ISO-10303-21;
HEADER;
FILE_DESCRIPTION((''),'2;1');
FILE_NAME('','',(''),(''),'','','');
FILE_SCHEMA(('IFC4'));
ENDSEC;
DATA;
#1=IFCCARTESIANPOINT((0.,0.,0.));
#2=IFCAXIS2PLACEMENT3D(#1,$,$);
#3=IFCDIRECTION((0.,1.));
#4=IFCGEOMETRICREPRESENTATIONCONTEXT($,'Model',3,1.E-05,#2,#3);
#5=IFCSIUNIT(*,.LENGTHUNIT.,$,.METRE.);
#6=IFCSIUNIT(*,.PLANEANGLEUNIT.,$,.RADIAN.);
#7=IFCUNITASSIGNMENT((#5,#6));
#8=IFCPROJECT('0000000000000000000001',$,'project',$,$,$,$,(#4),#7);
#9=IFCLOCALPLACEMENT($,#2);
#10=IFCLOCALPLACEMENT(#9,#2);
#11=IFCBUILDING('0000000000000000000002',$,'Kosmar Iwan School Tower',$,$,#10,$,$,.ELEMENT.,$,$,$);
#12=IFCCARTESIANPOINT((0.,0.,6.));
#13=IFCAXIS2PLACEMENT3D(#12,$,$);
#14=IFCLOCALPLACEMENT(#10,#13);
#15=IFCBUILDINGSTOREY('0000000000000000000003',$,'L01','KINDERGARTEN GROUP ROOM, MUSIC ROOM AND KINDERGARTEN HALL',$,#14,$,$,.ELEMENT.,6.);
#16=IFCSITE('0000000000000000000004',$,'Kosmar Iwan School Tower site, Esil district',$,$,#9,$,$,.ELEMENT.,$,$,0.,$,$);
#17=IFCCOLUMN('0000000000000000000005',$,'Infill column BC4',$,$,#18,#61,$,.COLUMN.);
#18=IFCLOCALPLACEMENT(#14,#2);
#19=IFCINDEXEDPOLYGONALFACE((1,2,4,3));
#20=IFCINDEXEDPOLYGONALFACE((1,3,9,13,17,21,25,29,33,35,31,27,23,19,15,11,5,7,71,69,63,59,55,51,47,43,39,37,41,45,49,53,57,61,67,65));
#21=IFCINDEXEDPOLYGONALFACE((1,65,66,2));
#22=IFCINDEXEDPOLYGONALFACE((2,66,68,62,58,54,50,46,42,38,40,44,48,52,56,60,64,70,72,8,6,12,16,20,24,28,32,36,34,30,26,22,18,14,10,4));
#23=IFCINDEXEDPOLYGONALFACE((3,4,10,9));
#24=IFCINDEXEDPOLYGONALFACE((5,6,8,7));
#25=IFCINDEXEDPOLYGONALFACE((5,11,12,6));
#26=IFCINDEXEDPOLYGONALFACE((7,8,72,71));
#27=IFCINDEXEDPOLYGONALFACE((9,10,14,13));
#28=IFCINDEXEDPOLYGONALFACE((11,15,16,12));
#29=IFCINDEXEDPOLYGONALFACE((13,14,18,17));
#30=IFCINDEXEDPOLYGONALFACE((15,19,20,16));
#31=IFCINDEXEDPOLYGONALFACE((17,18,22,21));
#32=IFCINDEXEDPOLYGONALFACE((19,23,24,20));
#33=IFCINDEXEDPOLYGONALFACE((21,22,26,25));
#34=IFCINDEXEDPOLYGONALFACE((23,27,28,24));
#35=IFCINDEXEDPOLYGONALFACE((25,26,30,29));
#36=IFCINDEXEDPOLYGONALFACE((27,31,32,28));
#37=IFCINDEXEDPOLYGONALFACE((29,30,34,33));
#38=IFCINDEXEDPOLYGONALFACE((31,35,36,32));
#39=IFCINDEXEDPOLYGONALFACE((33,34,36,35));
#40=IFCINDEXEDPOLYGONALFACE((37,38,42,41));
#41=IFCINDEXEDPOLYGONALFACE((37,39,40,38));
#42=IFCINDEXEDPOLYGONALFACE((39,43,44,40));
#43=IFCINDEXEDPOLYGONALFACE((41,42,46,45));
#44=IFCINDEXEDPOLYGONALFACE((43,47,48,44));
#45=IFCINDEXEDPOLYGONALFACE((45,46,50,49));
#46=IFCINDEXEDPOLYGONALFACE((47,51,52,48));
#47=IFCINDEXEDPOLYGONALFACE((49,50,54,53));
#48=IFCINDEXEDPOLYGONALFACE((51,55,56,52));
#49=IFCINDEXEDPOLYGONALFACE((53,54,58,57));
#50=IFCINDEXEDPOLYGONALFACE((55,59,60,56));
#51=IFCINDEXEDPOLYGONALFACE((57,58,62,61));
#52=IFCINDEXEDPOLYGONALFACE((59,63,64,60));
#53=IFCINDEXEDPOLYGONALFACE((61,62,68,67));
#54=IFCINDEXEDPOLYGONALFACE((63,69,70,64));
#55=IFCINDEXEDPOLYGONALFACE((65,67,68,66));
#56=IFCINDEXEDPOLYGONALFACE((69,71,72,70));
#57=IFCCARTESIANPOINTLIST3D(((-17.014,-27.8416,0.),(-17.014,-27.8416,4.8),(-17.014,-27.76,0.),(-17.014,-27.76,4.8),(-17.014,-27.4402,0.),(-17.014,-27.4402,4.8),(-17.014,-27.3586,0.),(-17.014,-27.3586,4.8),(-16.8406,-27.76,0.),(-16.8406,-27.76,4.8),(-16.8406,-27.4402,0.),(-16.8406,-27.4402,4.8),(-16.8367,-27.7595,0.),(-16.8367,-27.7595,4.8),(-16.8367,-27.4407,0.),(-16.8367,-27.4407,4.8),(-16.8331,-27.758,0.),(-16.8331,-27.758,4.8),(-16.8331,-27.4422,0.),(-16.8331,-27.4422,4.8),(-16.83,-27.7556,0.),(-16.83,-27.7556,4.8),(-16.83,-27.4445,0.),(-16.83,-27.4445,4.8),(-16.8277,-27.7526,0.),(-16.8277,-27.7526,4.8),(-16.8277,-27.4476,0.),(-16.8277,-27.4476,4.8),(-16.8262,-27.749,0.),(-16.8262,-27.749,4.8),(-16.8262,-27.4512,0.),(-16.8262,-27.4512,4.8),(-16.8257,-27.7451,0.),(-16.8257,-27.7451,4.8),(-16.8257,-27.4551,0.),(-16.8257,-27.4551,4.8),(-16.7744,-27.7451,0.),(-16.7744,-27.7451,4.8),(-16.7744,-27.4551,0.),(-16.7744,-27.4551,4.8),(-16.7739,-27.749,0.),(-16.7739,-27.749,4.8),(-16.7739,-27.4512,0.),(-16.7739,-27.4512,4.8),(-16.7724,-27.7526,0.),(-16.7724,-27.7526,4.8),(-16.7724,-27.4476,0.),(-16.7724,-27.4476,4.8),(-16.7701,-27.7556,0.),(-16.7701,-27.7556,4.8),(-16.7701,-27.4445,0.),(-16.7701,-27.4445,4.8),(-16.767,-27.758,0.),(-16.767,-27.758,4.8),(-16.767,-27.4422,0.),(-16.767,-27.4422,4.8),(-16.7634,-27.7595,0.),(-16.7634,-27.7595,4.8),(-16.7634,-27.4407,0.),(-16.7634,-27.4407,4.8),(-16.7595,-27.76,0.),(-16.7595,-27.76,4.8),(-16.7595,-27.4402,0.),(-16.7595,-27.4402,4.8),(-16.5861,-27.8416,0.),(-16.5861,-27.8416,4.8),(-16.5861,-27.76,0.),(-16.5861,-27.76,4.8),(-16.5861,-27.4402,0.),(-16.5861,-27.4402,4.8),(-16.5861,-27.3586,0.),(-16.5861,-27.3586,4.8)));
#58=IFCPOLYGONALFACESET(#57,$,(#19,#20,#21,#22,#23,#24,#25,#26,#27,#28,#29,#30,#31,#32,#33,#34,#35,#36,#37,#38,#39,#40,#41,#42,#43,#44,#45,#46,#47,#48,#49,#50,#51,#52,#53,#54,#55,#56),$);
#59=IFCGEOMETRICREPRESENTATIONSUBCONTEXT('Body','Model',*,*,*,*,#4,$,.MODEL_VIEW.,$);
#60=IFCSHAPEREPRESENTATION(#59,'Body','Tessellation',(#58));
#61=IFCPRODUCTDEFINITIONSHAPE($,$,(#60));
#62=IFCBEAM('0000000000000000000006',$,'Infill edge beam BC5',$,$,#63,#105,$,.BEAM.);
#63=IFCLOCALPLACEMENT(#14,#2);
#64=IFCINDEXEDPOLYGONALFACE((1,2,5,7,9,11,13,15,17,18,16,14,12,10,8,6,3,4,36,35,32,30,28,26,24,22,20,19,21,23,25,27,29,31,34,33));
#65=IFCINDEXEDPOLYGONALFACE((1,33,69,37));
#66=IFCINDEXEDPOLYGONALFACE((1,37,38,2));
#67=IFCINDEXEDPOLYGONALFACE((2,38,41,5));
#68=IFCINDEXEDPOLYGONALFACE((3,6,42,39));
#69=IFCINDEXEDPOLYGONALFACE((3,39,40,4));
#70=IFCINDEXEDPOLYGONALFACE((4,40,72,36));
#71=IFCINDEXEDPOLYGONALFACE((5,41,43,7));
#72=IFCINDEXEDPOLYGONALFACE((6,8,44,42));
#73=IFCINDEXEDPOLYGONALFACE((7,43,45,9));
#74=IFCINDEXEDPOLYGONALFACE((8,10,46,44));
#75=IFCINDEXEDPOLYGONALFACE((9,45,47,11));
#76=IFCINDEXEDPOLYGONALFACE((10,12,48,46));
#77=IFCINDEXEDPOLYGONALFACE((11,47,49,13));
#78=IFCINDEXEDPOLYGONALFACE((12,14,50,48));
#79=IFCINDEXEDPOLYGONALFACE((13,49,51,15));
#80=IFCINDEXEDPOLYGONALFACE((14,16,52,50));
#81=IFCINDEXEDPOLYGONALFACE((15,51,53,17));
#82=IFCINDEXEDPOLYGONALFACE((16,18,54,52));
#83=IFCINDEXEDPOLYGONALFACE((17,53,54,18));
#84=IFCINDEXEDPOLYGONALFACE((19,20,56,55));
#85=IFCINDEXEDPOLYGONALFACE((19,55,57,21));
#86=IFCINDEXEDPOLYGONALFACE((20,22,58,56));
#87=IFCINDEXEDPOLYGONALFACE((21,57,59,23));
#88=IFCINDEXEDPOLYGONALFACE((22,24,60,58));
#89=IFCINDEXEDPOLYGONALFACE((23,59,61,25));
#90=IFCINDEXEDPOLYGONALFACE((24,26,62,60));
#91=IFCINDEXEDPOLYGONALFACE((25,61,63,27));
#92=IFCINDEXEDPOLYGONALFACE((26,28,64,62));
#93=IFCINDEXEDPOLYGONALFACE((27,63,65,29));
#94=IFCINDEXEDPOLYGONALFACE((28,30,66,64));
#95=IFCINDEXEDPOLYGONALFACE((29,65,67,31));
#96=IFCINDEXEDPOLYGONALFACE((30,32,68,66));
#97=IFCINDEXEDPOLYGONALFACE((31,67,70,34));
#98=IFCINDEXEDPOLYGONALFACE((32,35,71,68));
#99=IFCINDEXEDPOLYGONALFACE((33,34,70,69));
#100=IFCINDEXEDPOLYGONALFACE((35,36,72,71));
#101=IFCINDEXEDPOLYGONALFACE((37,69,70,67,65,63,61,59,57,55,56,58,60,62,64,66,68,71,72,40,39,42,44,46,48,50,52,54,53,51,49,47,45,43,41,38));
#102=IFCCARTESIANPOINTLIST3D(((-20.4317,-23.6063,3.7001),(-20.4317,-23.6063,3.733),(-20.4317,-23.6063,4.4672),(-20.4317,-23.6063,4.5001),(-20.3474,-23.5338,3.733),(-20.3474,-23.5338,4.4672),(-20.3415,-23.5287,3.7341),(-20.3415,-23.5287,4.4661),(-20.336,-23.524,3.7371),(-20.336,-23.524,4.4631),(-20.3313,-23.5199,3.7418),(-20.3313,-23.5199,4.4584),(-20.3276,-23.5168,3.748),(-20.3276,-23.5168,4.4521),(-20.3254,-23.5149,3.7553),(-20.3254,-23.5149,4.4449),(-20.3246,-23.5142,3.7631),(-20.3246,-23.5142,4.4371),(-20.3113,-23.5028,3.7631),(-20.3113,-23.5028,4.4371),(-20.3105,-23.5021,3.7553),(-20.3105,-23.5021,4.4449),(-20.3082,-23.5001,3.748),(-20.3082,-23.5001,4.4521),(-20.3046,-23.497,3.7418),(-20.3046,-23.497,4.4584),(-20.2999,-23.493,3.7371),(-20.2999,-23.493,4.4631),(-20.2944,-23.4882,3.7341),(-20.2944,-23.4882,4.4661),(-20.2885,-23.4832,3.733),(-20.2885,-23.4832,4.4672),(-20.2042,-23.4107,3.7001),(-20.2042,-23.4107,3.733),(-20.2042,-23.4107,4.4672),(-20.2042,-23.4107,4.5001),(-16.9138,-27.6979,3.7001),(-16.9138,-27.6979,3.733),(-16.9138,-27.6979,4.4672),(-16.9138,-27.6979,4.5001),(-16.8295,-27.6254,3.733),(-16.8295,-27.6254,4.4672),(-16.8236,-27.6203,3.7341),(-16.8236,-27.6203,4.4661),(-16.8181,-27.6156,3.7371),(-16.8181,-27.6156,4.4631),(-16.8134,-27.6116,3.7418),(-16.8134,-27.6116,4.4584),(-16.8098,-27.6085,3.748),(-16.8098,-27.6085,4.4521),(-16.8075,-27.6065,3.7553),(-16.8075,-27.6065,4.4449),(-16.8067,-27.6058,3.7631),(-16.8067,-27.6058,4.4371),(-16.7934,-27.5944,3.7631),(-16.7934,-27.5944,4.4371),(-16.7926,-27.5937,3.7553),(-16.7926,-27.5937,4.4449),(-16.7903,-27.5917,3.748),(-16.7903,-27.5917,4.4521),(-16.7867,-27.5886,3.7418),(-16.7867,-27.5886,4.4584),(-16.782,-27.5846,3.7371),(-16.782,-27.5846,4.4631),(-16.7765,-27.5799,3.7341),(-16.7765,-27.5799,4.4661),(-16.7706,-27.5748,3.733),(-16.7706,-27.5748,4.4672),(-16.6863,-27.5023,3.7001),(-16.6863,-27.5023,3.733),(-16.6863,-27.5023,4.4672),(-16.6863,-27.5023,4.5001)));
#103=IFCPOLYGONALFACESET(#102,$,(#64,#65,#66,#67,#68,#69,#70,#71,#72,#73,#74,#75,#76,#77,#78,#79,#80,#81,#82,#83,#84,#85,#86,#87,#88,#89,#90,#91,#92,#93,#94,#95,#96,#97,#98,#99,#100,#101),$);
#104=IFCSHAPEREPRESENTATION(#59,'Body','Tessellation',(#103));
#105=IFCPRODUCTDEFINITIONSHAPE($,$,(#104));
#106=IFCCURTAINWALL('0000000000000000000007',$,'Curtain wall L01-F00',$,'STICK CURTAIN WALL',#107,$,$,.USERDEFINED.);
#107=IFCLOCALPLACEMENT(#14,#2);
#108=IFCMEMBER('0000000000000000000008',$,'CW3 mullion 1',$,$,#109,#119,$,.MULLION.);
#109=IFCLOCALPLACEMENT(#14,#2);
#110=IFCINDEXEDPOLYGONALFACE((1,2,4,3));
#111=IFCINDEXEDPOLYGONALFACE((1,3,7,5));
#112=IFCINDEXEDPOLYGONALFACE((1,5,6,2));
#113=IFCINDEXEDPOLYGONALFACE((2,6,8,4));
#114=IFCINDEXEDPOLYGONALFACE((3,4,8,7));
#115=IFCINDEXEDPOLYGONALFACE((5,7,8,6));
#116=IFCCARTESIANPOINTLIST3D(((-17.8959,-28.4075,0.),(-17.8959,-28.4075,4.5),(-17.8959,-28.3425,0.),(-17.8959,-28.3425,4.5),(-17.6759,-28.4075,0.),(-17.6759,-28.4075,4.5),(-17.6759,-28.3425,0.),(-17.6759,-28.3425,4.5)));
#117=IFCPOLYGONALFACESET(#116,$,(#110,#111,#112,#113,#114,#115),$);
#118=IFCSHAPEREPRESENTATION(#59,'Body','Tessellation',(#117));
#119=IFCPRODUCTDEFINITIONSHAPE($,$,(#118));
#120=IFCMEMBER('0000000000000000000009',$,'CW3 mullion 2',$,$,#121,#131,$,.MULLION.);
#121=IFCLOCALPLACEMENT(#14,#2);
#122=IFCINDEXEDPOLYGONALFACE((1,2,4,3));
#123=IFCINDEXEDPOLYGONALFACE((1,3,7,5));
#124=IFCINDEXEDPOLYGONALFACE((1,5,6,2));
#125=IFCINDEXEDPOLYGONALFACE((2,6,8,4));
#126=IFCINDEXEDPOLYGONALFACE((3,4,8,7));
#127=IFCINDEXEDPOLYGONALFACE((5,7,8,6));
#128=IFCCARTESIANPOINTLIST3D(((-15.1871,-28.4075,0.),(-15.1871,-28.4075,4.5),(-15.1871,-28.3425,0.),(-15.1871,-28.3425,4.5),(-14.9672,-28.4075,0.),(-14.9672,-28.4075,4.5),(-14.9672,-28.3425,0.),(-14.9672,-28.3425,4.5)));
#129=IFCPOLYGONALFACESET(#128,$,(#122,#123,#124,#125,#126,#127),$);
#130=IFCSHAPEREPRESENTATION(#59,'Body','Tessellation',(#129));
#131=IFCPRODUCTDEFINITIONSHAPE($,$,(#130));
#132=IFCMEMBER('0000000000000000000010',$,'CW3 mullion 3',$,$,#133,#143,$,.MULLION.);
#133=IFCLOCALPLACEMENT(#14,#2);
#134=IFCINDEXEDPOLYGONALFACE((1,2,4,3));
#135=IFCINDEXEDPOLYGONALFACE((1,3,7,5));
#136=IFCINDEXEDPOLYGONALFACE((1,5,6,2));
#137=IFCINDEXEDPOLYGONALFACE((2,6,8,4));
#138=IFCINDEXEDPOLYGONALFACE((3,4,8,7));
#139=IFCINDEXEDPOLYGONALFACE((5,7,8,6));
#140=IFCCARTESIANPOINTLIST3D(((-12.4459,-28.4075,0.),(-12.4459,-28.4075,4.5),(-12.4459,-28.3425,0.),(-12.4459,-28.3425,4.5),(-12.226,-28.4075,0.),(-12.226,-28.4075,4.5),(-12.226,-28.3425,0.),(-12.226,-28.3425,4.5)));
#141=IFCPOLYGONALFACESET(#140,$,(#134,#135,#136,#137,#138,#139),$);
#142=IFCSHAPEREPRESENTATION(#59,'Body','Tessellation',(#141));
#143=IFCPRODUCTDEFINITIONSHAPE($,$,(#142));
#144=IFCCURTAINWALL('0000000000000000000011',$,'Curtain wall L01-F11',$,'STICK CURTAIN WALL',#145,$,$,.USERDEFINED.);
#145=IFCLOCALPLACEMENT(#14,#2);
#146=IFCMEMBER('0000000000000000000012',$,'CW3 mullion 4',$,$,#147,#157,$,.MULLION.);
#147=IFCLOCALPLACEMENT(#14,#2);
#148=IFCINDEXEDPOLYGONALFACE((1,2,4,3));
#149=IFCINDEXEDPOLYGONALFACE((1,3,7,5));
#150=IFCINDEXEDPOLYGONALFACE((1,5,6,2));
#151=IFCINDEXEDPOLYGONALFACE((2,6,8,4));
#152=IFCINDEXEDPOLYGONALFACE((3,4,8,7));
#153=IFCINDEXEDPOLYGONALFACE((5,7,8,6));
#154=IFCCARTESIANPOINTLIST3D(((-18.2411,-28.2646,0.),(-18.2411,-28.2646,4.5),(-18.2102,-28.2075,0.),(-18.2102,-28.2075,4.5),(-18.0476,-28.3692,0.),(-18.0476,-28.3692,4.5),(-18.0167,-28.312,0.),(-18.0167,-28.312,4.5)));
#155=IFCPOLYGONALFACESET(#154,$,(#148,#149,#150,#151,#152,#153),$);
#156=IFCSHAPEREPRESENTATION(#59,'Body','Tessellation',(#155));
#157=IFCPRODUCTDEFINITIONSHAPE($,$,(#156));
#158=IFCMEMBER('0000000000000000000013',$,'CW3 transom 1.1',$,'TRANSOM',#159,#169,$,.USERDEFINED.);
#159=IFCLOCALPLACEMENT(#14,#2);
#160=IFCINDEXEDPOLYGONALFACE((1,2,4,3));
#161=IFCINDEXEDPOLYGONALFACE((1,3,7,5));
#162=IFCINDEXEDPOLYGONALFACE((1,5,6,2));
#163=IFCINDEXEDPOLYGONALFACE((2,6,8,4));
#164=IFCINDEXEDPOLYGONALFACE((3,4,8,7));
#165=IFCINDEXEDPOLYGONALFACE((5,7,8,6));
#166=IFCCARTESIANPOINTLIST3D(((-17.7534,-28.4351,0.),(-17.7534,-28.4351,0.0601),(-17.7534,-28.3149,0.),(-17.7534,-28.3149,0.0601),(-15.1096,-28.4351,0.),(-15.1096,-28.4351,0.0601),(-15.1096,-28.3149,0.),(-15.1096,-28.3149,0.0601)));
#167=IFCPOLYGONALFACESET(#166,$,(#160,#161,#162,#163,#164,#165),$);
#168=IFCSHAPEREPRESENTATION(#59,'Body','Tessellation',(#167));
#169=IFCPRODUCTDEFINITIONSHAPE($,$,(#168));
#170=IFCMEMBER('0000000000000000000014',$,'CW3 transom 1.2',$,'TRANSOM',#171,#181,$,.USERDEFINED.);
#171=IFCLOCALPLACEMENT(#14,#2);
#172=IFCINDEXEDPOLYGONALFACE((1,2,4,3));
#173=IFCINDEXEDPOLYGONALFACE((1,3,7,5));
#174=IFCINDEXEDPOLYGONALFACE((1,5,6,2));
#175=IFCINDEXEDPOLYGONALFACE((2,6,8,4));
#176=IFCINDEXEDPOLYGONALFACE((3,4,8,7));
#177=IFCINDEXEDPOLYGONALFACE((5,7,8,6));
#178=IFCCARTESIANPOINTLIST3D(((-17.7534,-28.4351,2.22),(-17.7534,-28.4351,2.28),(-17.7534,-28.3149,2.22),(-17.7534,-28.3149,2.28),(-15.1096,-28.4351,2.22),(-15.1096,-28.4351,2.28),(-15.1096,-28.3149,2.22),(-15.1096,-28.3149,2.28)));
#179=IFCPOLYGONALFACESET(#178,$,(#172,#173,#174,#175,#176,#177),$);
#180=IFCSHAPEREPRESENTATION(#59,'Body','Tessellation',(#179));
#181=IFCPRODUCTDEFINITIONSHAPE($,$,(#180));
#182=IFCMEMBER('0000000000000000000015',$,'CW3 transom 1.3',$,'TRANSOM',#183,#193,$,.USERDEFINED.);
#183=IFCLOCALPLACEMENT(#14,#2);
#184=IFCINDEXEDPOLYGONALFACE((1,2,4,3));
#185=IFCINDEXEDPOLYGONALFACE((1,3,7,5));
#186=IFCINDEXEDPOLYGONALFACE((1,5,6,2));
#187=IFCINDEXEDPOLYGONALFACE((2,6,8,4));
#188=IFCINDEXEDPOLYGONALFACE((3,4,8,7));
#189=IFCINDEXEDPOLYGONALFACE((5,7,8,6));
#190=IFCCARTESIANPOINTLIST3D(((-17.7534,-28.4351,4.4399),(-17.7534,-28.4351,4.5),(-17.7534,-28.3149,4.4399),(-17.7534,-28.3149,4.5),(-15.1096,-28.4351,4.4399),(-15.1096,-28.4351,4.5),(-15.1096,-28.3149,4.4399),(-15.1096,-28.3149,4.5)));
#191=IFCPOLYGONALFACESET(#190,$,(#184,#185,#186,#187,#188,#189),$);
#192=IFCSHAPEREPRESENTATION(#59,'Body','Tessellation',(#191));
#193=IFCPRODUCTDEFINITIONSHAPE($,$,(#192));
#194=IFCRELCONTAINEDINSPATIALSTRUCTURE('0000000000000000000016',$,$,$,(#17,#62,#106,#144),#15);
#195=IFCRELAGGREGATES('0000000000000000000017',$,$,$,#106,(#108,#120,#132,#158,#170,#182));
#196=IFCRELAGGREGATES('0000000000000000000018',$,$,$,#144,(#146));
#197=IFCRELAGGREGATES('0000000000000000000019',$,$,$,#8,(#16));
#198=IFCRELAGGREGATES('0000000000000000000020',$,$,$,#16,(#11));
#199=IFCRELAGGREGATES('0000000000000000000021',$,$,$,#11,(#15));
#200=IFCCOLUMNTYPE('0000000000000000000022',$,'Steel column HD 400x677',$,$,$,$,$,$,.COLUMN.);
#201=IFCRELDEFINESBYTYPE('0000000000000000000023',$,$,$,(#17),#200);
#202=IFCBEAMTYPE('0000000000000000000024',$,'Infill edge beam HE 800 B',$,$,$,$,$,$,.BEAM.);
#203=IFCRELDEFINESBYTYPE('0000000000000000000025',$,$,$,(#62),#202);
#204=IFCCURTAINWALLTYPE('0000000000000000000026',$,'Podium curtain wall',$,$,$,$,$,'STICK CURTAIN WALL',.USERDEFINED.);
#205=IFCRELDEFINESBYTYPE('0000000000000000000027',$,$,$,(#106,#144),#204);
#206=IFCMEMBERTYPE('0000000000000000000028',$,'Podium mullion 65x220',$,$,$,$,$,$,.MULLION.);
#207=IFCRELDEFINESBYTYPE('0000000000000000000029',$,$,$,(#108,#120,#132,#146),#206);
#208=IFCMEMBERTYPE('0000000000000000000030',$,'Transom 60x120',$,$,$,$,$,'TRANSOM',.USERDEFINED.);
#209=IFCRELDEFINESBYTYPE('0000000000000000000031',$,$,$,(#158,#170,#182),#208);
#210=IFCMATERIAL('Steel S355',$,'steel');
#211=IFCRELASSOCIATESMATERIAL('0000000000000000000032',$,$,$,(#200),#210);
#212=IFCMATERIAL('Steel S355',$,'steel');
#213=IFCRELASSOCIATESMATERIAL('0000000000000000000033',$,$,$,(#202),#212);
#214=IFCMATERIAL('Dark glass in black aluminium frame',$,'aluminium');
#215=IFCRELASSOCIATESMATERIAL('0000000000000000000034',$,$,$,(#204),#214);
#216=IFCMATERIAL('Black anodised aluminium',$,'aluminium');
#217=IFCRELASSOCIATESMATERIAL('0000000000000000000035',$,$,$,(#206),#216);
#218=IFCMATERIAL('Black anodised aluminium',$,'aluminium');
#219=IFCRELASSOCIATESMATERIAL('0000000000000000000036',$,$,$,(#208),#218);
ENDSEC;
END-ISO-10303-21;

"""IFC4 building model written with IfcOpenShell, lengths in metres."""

from ifc_helpers import new_model, si_unit, direction, frame, origin, origin_2d, place, context, subcontext, project, spatial, rectangle, i_section, extrude, material, material_profile, profile_set, type_object, element, aggregate, save


model = new_model("IFC4")

# Units and contexts
model_context = context("Model", 3, precision=1e-05, world=origin(), true_north=direction((0.0, 1.0)))
body_context = subcontext(model_context, "Body", "Model", "MODEL_VIEW")
ifc_project = project(units=[si_unit("LENGTHUNIT", "METRE"), si_unit("PLANEANGLEUNIT", "RADIAN")], contexts=[model_context])

# Site, building, storey
site_placement = place(None, origin())
site = spatial("IfcSite", under=ifc_project, at=site_placement, Name="Kosmar Iwan School Tower site, Esil district", CompositionType="ELEMENT", RefElevation=0.0)
building_placement = place(site_placement, origin())
building = spatial("IfcBuilding", under=site, at=building_placement, Name="Kosmar Iwan School Tower", CompositionType="ELEMENT")
storey_placement = place(building_placement, frame((0.0, 0.0, 6.0)))
storey = spatial("IfcBuildingStorey", under=building, at=storey_placement, Name="L01", Description="KINDERGARTEN GROUP ROOM, MUSIC ROOM AND KINDERGARTEN HALL", CompositionType="ELEMENT", Elevation=6.0)

# Column
ifc_material_1 = material(Name="Steel S355", Category="steel")
ifc_material_profile_1 = material_profile(ifc_material_1, i_section(OverallWidth=0.428, OverallDepth=0.4829, WebThickness=0.0513, FlangeThickness=0.0815, FilletRadius=0.0149, at=origin_2d()), Name="HD 400x677")
ifc_profile_set_1 = profile_set([ifc_material_profile_1], Name="Steel S355")
column_type = type_object("IfcColumnType", Name="Steel column HD 400x677", PredefinedType="COLUMN", material=ifc_profile_set_1)
column_placement = place(storey_placement, frame((-16.8, -27.6001, 0.0), z_axis=(0.0, 0.0, 1.0), x_axis=(1.0, 0.0, 0.0)))
element("IfcColumn", 1, at=column_placement, inside=storey, type_object=column_type, Name="Infill column BC4", PredefinedType="COLUMN", context=body_context, shape_type="SweptSolid", body=[
    extrude(i_section(OverallWidth=0.428, OverallDepth=0.4829, WebThickness=0.0513, FlangeThickness=0.0815, FilletRadius=0.0149, at=origin_2d()), origin(), (0.0, 0.0, 1.0), 4.8),
])

# Beam
ifc_material_2 = material(Name="Steel S355", Category="steel")
ifc_material_profile_2 = material_profile(ifc_material_2, i_section(OverallWidth=0.3, OverallDepth=0.8, WebThickness=0.0176, FlangeThickness=0.033, FilletRadius=0.03, at=origin_2d()), Name="HE 800 B")
ifc_profile_set_2 = profile_set([ifc_material_profile_2], Name="Steel S355")
beam_type = type_object("IfcBeamType", Name="Infill edge beam HE 800 B", PredefinedType="BEAM", material=ifc_profile_set_2)
beam_placement = place(storey_placement, frame((-16.8, -27.6001, 4.1001), z_axis=(-0.651942, 0.758269, 0.0), x_axis=(-0.758269, -0.651942, 0.0)))
element("IfcBeam", 2, at=beam_placement, inside=storey, type_object=beam_type, Name="Infill edge beam BC5", PredefinedType="BEAM", context=body_context, shape_type="SweptSolid", body=[
    extrude(i_section(OverallWidth=0.3, OverallDepth=0.8, WebThickness=0.0176, FlangeThickness=0.033, FilletRadius=0.03, at=origin_2d()), origin(), (0.0, 0.0, 1.0), 5.396),
])

# Curtain wall, members
ifc_material_3 = material(Name="Dark glass in black aluminium frame", Category="aluminium")
curtain_wall_type = type_object("IfcCurtainWallType", Name="Podium curtain wall", ElementType="STICK CURTAIN WALL", PredefinedType="USERDEFINED", material=ifc_material_3)
curtain_wall_1_placement = place(storey_placement, origin())
curtain_wall_1 = element("IfcCurtainWall", 3, at=curtain_wall_1_placement, inside=storey, type_object=curtain_wall_type, Name="Curtain wall L01-F00", ObjectType="STICK CURTAIN WALL", PredefinedType="USERDEFINED")
ifc_material_4 = material(Name="Black anodised aluminium", Category="aluminium")
ifc_material_profile_3 = material_profile(ifc_material_4, rectangle(XDim=0.0649, YDim=0.22, at=origin_2d()), Name="MULLION 65x220")
ifc_profile_set_3 = profile_set([ifc_material_profile_3], Name="Black anodised aluminium")
member_type_1 = type_object("IfcMemberType", Name="Podium mullion 65x220", PredefinedType="MULLION", material=ifc_profile_set_3)
member_1_placement = place(storey_placement, frame((-17.7859, -28.375, 0.0), z_axis=(0.0, 0.0, 1.0), x_axis=(0.0, 1.0, 0.0)))
member_1 = element("IfcMember", 4, at=member_1_placement, type_object=member_type_1, Name="CW3 mullion 1", PredefinedType="MULLION", context=body_context, shape_type="SweptSolid", body=[
    extrude(rectangle(XDim=0.0649, YDim=0.22, at=origin_2d()), origin(), (0.0, 0.0, 1.0), 4.5),
])
member_2_placement = place(storey_placement, frame((-15.0771, -28.375, 0.0), z_axis=(0.0, 0.0, 1.0), x_axis=(0.0, 1.0, 0.0)))
member_2 = element("IfcMember", 5, at=member_2_placement, type_object=member_type_1, Name="CW3 mullion 2", PredefinedType="MULLION", context=body_context, shape_type="SweptSolid", body=[
    extrude(rectangle(XDim=0.0649, YDim=0.22, at=origin_2d()), origin(), (0.0, 0.0, 1.0), 4.5),
])
member_3_placement = place(storey_placement, frame((-12.3359, -28.375, 0.0), z_axis=(0.0, 0.0, 1.0), x_axis=(0.0, 1.0, 0.0)))
member_3 = element("IfcMember", 6, at=member_3_placement, type_object=member_type_1, Name="CW3 mullion 3", PredefinedType="MULLION", context=body_context, shape_type="SweptSolid", body=[
    extrude(rectangle(XDim=0.0649, YDim=0.22, at=origin_2d()), origin(), (0.0, 0.0, 1.0), 4.5),
])

# Curtain wall, member
curtain_wall_2_placement = place(storey_placement, origin())
curtain_wall_2 = element("IfcCurtainWall", 7, at=curtain_wall_2_placement, inside=storey, type_object=curtain_wall_type, Name="Curtain wall L01-F11", ObjectType="STICK CURTAIN WALL", PredefinedType="USERDEFINED")
member_4_placement = place(storey_placement, frame((-18.1289, -28.2883, 0.0), z_axis=(0.0, 0.0, 1.0), x_axis=(0.475215, 0.879869, 0.0)))
member_4 = element("IfcMember", 8, at=member_4_placement, type_object=member_type_1, Name="CW3 mullion 4", PredefinedType="MULLION", context=body_context, shape_type="SweptSolid", body=[
    extrude(rectangle(XDim=0.0649, YDim=0.22, at=origin_2d()), origin(), (0.0, 0.0, 1.0), 4.5),
])

# Members
ifc_material_5 = material(Name="Black anodised aluminium", Category="aluminium")
ifc_material_profile_4 = material_profile(ifc_material_5, rectangle(XDim=0.1201, YDim=0.0601, at=origin_2d()), Name="TRANSOM 60x120")
ifc_profile_set_4 = profile_set([ifc_material_profile_4], Name="Black anodised aluminium")
member_type_2 = type_object("IfcMemberType", Name="Transom 60x120", ElementType="TRANSOM", PredefinedType="USERDEFINED", material=ifc_profile_set_4)
member_5_placement = place(storey_placement, frame((-17.7534, -28.375, 0.03), z_axis=(1.0, 0.0, 0.0), x_axis=(0.0, 1.0, 0.0)))
member_5 = element("IfcMember", 9, at=member_5_placement, type_object=member_type_2, Name="CW3 transom 1.1", ObjectType="TRANSOM", PredefinedType="USERDEFINED", context=body_context, shape_type="SweptSolid", body=[
    extrude(rectangle(XDim=0.1201, YDim=0.0601, at=origin_2d()), origin(), (0.0, 0.0, 1.0), 2.6438),
])
member_6_placement = place(storey_placement, frame((-17.7534, -28.375, 2.25), z_axis=(1.0, 0.0, 0.0), x_axis=(0.0, 1.0, 0.0)))
member_6 = element("IfcMember", 10, at=member_6_placement, type_object=member_type_2, Name="CW3 transom 1.2", ObjectType="TRANSOM", PredefinedType="USERDEFINED", context=body_context, shape_type="SweptSolid", body=[
    extrude(rectangle(XDim=0.1201, YDim=0.0601, at=origin_2d()), origin(), (0.0, 0.0, 1.0), 2.6438),
])
member_7_placement = place(storey_placement, frame((-17.7534, -28.375, 4.47), z_axis=(1.0, 0.0, 0.0), x_axis=(0.0, 1.0, 0.0)))
member_7 = element("IfcMember", 11, at=member_7_placement, type_object=member_type_2, Name="CW3 transom 1.3", ObjectType="TRANSOM", PredefinedType="USERDEFINED", context=body_context, shape_type="SweptSolid", body=[
    extrude(rectangle(XDim=0.1201, YDim=0.0601, at=origin_2d()), origin(), (0.0, 0.0, 1.0), 2.6438),
])

aggregate(curtain_wall_1, [member_1, member_2, member_3, member_5, member_6, member_7])
aggregate(curtain_wall_2, [member_4])

save(model, "model.ifc")
